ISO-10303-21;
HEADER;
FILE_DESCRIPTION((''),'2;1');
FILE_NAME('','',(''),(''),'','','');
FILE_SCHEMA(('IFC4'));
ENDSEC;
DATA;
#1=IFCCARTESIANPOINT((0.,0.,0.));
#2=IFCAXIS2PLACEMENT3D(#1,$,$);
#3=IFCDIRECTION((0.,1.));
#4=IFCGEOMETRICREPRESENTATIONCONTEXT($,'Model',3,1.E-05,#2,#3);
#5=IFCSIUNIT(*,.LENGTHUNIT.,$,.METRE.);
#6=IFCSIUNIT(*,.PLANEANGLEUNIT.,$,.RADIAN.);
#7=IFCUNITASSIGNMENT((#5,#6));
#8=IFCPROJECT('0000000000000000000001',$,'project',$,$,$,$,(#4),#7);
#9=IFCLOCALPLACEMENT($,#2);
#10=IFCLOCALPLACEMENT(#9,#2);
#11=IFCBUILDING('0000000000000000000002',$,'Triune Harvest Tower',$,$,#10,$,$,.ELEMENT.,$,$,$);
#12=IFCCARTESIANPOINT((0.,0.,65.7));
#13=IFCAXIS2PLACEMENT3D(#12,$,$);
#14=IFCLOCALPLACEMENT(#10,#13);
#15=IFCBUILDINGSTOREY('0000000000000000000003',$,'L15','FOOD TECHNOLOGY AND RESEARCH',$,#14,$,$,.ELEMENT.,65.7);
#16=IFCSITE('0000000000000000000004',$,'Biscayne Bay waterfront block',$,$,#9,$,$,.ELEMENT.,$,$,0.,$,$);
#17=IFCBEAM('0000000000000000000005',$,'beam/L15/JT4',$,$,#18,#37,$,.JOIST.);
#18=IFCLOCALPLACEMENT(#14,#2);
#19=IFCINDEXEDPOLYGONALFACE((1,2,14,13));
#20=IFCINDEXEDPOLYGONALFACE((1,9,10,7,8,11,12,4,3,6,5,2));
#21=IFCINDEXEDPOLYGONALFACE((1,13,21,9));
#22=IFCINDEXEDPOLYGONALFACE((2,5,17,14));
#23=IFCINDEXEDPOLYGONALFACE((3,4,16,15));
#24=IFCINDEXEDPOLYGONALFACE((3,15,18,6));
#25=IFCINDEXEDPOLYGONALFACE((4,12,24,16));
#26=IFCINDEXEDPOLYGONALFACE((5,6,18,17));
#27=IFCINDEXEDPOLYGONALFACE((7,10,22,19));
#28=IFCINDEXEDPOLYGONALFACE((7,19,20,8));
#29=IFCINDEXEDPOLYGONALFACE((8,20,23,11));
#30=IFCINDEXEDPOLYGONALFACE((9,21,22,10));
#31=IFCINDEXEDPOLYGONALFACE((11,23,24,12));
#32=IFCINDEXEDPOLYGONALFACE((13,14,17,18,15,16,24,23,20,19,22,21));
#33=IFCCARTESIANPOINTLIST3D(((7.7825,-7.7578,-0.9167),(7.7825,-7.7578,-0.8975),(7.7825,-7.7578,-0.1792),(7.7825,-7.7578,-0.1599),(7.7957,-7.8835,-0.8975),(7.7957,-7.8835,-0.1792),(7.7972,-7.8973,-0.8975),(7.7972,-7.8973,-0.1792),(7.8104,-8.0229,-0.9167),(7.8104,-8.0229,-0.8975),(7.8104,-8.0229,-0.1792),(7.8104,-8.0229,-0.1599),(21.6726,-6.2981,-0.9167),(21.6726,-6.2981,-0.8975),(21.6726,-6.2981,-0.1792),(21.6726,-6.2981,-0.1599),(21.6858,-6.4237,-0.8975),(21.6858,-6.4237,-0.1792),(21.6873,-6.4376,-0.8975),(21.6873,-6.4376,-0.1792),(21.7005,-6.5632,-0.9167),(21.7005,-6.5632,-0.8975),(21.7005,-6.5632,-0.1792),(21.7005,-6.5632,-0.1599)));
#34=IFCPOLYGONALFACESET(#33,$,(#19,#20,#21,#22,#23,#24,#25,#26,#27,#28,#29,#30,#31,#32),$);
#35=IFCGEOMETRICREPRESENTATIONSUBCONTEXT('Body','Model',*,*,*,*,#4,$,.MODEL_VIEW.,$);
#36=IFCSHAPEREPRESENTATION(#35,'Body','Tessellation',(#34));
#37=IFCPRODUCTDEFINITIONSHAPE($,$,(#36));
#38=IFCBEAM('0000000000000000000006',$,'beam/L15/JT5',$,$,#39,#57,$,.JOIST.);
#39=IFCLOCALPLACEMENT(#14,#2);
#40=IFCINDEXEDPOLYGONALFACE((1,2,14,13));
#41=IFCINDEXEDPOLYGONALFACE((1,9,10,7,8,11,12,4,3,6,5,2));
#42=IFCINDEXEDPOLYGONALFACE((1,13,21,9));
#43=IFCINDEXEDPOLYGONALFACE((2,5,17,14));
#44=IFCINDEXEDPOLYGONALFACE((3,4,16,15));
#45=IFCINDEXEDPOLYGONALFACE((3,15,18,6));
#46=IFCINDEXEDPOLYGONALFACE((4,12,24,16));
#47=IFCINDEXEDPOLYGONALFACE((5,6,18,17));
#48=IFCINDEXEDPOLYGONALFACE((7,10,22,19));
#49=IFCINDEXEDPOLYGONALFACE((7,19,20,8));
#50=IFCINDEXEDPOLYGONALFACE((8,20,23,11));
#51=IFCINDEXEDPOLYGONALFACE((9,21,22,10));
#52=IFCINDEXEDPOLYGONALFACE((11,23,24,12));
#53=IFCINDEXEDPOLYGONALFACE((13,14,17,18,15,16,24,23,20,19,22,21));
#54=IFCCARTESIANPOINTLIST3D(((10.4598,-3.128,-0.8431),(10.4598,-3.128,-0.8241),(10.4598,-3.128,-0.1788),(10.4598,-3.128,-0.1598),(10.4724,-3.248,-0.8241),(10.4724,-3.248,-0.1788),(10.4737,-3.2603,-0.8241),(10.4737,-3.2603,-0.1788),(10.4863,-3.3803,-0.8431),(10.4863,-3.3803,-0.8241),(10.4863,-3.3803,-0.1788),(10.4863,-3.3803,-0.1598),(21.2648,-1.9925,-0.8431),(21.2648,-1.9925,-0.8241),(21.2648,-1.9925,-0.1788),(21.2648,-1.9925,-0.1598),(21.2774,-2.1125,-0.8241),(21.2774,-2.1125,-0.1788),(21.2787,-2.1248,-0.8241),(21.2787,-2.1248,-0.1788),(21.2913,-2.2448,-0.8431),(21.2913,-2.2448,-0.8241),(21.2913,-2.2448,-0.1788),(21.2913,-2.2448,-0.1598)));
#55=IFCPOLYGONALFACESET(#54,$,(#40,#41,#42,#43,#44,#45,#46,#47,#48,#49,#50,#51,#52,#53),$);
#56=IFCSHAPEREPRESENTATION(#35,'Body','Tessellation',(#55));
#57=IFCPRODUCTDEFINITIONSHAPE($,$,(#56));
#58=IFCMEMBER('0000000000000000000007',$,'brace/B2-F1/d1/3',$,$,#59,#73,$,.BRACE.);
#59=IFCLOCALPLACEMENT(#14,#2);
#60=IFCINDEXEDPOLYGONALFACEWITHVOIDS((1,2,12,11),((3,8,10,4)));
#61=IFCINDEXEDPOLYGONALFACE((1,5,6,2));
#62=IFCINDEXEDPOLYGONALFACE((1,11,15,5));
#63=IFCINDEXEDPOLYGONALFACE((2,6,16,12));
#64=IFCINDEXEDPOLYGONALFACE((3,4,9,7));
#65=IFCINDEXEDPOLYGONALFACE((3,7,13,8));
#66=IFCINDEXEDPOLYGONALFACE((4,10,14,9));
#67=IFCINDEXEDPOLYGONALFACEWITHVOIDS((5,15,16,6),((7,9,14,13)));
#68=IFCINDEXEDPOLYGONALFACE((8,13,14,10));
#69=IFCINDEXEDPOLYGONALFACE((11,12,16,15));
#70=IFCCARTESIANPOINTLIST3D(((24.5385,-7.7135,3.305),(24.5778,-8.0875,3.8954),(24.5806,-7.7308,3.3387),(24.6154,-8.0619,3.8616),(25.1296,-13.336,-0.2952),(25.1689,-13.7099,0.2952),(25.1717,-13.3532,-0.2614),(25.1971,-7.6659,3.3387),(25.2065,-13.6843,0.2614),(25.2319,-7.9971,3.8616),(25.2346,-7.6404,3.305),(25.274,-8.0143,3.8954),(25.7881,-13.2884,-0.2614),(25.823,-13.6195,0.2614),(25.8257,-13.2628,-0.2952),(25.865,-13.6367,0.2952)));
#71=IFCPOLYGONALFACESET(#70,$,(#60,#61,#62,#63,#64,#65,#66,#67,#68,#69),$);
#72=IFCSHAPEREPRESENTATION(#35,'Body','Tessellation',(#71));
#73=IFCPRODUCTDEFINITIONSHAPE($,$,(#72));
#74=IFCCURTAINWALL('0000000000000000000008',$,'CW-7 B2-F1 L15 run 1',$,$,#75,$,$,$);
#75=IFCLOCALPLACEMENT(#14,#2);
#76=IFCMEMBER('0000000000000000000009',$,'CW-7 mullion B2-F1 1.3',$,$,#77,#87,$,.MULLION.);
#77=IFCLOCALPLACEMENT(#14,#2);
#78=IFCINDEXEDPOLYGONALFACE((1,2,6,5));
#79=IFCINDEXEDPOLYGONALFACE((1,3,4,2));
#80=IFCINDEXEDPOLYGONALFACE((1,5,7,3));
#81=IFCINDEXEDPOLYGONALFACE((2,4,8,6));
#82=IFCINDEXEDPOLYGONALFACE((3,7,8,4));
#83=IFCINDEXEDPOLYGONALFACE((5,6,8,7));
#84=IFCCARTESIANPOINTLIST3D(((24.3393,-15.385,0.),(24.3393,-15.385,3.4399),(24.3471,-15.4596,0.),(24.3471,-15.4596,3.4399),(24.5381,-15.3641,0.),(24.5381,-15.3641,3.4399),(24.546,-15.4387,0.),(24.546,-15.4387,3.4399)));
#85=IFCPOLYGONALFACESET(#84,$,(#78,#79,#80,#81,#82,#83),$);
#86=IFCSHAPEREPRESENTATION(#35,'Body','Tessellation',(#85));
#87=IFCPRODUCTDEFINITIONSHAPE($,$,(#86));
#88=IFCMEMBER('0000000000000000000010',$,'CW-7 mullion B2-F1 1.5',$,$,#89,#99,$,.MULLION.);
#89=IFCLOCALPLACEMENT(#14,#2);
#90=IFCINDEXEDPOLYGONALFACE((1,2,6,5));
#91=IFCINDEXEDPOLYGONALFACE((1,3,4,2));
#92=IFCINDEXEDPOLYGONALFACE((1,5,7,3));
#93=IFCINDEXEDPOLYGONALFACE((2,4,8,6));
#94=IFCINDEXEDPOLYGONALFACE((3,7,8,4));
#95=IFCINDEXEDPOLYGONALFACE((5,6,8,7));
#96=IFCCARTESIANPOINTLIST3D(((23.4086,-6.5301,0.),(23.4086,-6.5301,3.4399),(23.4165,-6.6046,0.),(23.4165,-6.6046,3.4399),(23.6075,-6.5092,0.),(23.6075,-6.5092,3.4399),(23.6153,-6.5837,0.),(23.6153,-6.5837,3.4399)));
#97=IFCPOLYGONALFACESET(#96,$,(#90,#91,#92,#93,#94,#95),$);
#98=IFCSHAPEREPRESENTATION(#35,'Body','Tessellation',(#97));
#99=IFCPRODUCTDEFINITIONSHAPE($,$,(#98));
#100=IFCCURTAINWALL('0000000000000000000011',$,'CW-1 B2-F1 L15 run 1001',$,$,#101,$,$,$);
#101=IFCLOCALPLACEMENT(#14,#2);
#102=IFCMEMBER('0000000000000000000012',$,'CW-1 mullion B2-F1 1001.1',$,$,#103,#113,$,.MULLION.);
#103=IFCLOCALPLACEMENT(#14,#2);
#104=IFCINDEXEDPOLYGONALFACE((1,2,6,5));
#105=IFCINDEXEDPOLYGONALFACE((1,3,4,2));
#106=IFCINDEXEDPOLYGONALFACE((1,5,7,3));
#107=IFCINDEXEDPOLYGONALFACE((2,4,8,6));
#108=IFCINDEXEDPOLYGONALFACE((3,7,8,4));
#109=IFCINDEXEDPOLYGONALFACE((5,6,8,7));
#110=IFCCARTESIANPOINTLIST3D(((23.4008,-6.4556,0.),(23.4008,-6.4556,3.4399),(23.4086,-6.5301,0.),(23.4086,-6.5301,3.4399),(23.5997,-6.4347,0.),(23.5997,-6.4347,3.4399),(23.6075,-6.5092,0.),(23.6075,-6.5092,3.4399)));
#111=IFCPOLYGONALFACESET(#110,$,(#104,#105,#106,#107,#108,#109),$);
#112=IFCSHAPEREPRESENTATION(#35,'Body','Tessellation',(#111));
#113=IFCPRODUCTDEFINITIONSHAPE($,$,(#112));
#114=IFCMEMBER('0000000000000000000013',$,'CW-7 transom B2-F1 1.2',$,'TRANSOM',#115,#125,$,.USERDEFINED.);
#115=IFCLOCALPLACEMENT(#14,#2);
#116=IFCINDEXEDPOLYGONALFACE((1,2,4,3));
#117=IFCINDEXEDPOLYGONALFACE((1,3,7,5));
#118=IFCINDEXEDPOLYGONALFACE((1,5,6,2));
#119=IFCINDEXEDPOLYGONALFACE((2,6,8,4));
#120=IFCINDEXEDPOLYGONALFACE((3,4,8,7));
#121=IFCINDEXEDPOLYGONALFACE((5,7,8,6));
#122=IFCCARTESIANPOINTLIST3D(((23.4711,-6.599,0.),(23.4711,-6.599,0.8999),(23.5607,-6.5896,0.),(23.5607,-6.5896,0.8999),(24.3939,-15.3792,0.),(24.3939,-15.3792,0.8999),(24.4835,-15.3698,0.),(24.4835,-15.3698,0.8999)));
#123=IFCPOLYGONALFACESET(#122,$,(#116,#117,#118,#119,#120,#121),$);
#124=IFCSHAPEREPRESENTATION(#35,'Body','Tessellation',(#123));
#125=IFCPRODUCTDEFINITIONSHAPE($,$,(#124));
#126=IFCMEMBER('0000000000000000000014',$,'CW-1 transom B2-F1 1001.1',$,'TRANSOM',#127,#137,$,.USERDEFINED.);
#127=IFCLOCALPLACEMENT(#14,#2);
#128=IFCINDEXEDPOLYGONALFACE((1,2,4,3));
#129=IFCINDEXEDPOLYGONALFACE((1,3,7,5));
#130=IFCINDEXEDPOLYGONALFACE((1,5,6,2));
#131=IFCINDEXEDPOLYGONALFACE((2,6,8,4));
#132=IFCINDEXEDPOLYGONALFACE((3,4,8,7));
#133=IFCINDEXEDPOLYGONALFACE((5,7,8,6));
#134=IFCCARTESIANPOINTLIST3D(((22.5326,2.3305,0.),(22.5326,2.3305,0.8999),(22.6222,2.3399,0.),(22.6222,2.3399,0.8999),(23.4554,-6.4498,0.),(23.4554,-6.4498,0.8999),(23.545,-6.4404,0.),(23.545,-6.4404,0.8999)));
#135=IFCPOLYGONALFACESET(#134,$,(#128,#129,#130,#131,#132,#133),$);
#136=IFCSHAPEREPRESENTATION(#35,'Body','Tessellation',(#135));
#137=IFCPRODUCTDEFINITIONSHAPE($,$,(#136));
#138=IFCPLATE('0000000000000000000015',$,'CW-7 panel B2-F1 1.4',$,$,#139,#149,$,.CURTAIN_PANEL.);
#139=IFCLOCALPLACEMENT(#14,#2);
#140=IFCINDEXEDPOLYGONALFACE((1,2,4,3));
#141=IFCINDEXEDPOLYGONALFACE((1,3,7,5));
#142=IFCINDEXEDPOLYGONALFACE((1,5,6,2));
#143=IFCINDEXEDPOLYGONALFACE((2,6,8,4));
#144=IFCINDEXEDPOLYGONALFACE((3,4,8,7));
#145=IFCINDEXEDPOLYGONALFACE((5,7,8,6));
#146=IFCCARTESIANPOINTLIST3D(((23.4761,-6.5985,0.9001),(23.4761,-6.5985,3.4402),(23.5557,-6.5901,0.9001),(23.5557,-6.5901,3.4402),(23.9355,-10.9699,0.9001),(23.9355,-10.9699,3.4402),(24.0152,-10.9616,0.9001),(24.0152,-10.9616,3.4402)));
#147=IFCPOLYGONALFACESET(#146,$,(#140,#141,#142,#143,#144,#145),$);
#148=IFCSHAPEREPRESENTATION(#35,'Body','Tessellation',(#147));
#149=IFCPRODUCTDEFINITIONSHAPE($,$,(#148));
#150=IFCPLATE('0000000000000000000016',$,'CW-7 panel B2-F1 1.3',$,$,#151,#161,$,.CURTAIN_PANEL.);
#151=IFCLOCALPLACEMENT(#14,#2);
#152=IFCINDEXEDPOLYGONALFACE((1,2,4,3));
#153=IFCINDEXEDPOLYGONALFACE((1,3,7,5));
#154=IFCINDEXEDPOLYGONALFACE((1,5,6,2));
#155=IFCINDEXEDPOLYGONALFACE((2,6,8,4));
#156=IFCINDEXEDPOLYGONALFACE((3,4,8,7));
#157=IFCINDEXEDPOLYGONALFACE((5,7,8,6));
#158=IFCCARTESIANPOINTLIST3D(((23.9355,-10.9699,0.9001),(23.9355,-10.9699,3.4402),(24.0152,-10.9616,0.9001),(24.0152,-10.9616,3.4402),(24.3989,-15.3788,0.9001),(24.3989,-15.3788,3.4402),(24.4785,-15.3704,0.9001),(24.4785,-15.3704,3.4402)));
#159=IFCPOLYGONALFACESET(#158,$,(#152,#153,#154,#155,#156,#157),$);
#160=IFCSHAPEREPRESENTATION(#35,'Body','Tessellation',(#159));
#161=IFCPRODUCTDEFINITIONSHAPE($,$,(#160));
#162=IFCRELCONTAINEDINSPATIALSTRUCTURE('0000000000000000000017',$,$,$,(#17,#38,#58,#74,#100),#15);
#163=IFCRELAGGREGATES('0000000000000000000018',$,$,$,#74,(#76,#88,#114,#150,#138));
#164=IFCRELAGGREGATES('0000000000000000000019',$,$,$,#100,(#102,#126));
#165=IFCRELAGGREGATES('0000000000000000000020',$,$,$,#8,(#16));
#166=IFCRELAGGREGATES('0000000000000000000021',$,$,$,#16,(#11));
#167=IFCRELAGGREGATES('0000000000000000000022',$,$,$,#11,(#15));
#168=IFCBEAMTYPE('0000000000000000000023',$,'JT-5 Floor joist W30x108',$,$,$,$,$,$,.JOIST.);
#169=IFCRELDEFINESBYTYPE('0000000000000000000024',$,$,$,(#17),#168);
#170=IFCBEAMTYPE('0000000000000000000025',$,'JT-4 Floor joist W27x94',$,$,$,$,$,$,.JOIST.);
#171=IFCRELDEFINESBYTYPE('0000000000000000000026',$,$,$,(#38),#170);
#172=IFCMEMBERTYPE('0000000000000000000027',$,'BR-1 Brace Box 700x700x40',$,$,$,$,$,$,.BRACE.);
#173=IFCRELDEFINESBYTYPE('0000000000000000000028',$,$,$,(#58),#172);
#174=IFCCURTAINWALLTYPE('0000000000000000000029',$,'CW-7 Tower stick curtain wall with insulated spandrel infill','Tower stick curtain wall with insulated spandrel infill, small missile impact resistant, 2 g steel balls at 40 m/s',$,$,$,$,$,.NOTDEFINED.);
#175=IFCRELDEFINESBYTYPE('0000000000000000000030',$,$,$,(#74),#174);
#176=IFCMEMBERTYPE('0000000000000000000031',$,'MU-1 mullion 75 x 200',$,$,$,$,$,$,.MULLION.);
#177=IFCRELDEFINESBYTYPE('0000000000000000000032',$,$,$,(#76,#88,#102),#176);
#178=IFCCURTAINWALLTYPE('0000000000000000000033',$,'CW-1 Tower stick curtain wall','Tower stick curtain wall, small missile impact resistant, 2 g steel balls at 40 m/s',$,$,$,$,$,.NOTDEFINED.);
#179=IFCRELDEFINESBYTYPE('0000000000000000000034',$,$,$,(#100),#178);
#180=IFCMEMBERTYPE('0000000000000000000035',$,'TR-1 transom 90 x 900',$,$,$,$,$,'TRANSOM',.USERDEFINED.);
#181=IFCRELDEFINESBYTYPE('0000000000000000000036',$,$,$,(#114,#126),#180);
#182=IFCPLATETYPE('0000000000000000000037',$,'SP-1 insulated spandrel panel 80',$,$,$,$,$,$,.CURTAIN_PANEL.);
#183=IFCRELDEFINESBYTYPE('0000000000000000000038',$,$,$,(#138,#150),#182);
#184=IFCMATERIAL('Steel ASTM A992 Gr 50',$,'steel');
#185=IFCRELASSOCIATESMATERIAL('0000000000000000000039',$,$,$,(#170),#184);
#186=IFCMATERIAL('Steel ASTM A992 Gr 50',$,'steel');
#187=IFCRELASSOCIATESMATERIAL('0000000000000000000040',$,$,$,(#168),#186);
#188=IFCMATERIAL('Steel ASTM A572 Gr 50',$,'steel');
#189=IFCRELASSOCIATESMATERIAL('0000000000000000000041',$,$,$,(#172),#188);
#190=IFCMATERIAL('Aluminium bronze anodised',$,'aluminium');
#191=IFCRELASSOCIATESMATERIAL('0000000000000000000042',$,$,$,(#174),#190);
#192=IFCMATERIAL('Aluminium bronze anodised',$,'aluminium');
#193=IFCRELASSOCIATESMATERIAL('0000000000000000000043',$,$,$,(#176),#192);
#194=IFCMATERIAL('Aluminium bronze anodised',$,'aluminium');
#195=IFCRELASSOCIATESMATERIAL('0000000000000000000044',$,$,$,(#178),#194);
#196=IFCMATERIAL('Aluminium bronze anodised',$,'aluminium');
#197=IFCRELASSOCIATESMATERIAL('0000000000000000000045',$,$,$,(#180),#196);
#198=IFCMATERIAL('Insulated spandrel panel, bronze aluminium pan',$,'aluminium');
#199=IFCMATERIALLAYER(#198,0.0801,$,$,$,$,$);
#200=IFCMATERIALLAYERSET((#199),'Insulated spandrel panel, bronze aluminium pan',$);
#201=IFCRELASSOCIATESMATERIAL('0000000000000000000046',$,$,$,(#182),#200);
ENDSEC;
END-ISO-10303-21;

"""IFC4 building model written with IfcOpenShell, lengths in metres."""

from ifc_helpers import new_model, si_unit, direction, frame, origin, origin_2d, place, context, subcontext, project, spatial, rectangle, hollow_rectangle, i_section, extrude, source, transform, mapped, material, layer, layer_set, material_profile, profile_set, type_object, element, aggregate, save


model = new_model("IFC4")

# Units and contexts
model_context = context("Model", 3, precision=1e-05, world=origin(), true_north=direction((0.0, 1.0)))
body_context = subcontext(model_context, "Body", "Model", "MODEL_VIEW")
ifc_project = project(units=[si_unit("LENGTHUNIT", "METRE"), si_unit("PLANEANGLEUNIT", "RADIAN")], contexts=[model_context])

# Site, building, storey
site_placement = place(None, origin())
site = spatial("IfcSite", under=ifc_project, at=site_placement, Name="Biscayne Bay waterfront block", CompositionType="ELEMENT", RefElevation=0.0)
building_placement = place(site_placement, origin())
building = spatial("IfcBuilding", under=site, at=building_placement, Name="Triune Harvest Tower", CompositionType="ELEMENT")
storey_placement = place(building_placement, frame((0.0, 0.0, 65.7)))
storey = spatial("IfcBuildingStorey", under=building, at=storey_placement, Name="L15", Description="FOOD TECHNOLOGY AND RESEARCH", CompositionType="ELEMENT", Elevation=65.7)

# Beams
ifc_material_1 = material(Name="Steel ASTM A992 Gr 50", Category="steel")
ifc_material_profile_1 = material_profile(ifc_material_1, i_section(OverallWidth=0.2537, OverallDepth=0.6833, WebThickness=0.0125, FlangeThickness=0.019, at=origin_2d()), Name="W27x94")
ifc_profile_set_1 = profile_set([ifc_material_profile_1], Name="Steel ASTM A992 Gr 50")
beam_type_1 = type_object("IfcBeamType", Name="JT-4 Floor joist W27x94", PredefinedType="JOIST", material=ifc_profile_set_1)
ifc_material_2 = material(Name="Steel ASTM A992 Gr 50", Category="steel")
ifc_material_profile_2 = material_profile(ifc_material_2, i_section(OverallWidth=0.2666, OverallDepth=0.7568, WebThickness=0.0139, FlangeThickness=0.0193, at=origin_2d()), Name="W30x108")
ifc_profile_set_2 = profile_set([ifc_material_profile_2], Name="Steel ASTM A992 Gr 50")
beam_type_2 = type_object("IfcBeamType", Name="JT-5 Floor joist W30x108", PredefinedType="JOIST", material=ifc_profile_set_2)
shared_shape_1 = source(origin(), body_context, "Body", "SweptSolid", [
    extrude(i_section(OverallWidth=0.2666, OverallDepth=0.7568, WebThickness=0.0139, FlangeThickness=0.0193, at=origin_2d()), origin(), (0.0, 0.0, 1.0), 13.9666),
])
beam_1_placement = place(storey_placement, frame((21.6865, -6.4307, -0.5383), z_axis=(-0.994523, -0.104515, 0.0), x_axis=(0.104515, -0.994523, 0.0)))
element("IfcBeam", 1, at=beam_1_placement, inside=storey, type_object=beam_type_2, Name="beam/L15/JT4", PredefinedType="JOIST", context=body_context, shape_type="MappedRepresentation", body=[
    mapped(shared_shape_1, transform((0.0, 0.0, 0.0), scale=1.0)),
])
shared_shape_2 = source(origin(), body_context, "Body", "SweptSolid", [
    extrude(i_section(OverallWidth=0.2537, OverallDepth=0.6833, WebThickness=0.0125, FlangeThickness=0.019, at=origin_2d()), origin(), (0.0, 0.0, 1.0), 10.8645),
])
beam_2_placement = place(storey_placement, frame((21.2781, -2.1187, -0.5015), z_axis=(-0.994523, -0.104515, 0.0), x_axis=(0.104515, -0.994523, 0.0)))
element("IfcBeam", 2, at=beam_2_placement, inside=storey, type_object=beam_type_1, Name="beam/L15/JT5", PredefinedType="JOIST", context=body_context, shape_type="MappedRepresentation", body=[
    mapped(shared_shape_2, transform((0.0, 0.0, 0.0), scale=1.0)),
])

# Member
ifc_material_3 = material(Name="Steel ASTM A572 Gr 50", Category="steel")
ifc_material_profile_3 = material_profile(ifc_material_3, hollow_rectangle(XDim=0.7, YDim=0.7, WallThickness=0.04, at=origin_2d()), Name="Box 700x700x40")
ifc_profile_set_3 = profile_set([ifc_material_profile_3], Name="Steel ASTM A572 Gr 50")
member_type_1 = type_object("IfcMemberType", Name="BR-1 Brace Box 700x700x40", PredefinedType="BRACE", material=ifc_profile_set_3)
shared_shape_3 = source(origin(), body_context, "Body", "SweptSolid", [
    extrude(hollow_rectangle(XDim=0.7, YDim=0.7, WallThickness=0.04, at=origin_2d()), origin(), (0.0, 0.0, 1.0), 6.7024),
])
member_1_placement = place(storey_placement, frame((25.4973, -13.4863, 0.0), z_axis=(-0.088189, 0.838867, 0.537146), x_axis=(-0.994519, -0.104552, 0.0)))
element("IfcMember", 3, at=member_1_placement, inside=storey, type_object=member_type_1, Name="brace/B2-F1/d1/3", PredefinedType="BRACE", context=body_context, shape_type="MappedRepresentation", body=[
    mapped(shared_shape_3, transform((0.0, 0.0, 0.0), scale=1.0)),
])

# Curtain wall, members
ifc_material_4 = material(Name="Aluminium bronze anodised", Category="aluminium")
curtain_wall_type_1 = type_object("IfcCurtainWallType", Name="CW-7 Tower stick curtain wall with insulated spandrel infill", Description="Tower stick curtain wall with insulated spandrel infill, small missile impact resistant, 2 g steel balls at 40 m/s", PredefinedType="NOTDEFINED", material=ifc_material_4)
curtain_wall_1_placement = place(storey_placement, origin())
curtain_wall_1 = element("IfcCurtainWall", 4, at=curtain_wall_1_placement, inside=storey, type_object=curtain_wall_type_1, Name="CW-7 B2-F1 L15 run 1")
ifc_material_5 = material(Name="Aluminium bronze anodised", Category="aluminium")
ifc_material_profile_4 = material_profile(ifc_material_5, rectangle(XDim=0.2, YDim=0.075, at=origin_2d()), Name="MU-1 mullion 75 x 200")
ifc_profile_set_4 = profile_set([ifc_material_profile_4], Name="Aluminium bronze anodised")
member_type_2 = type_object("IfcMemberType", Name="MU-1 mullion 75 x 200", PredefinedType="MULLION", material=ifc_profile_set_4)
shared_shape_4 = source(origin(), body_context, "Body", "SweptSolid", [
    extrude(rectangle(XDim=0.2, YDim=0.075, at=origin_2d()), origin(), (0.0, 0.0, 1.0), 3.4399),
])
member_2_placement = place(storey_placement, frame((24.4426, -15.4119, 0.0), z_axis=(0.0, 0.0, 1.0), x_axis=(-0.994522, -0.104527, 0.0)))
member_2 = element("IfcMember", 5, at=member_2_placement, type_object=member_type_2, Name="CW-7 mullion B2-F1 1.3", PredefinedType="MULLION", context=body_context, shape_type="MappedRepresentation", body=[
    mapped(shared_shape_4, transform((0.0, 0.0, 0.0), scale=1.0)),
])
member_3_placement = place(storey_placement, frame((23.512, -6.5569, 0.0), z_axis=(0.0, 0.0, 1.0), x_axis=(-0.994522, -0.104527, 0.0)))
member_3 = element("IfcMember", 6, at=member_3_placement, type_object=member_type_2, Name="CW-7 mullion B2-F1 1.5", PredefinedType="MULLION", context=body_context, shape_type="MappedRepresentation", body=[
    mapped(shared_shape_4, transform((0.0, 0.0, 0.0), scale=1.0)),
])

# Curtain wall, member
ifc_material_6 = material(Name="Aluminium bronze anodised", Category="aluminium")
curtain_wall_type_2 = type_object("IfcCurtainWallType", Name="CW-1 Tower stick curtain wall", Description="Tower stick curtain wall, small missile impact resistant, 2 g steel balls at 40 m/s", PredefinedType="NOTDEFINED", material=ifc_material_6)
curtain_wall_2_placement = place(storey_placement, origin())
curtain_wall_2 = element("IfcCurtainWall", 7, at=curtain_wall_2_placement, inside=storey, type_object=curtain_wall_type_2, Name="CW-1 B2-F1 L15 run 1001")
member_4_placement = place(storey_placement, frame((23.5042, -6.4824, 0.0), z_axis=(0.0, 0.0, 1.0), x_axis=(-0.994522, -0.104528, 0.0)))
member_4 = element("IfcMember", 8, at=member_4_placement, type_object=member_type_2, Name="CW-1 mullion B2-F1 1001.1", PredefinedType="MULLION", context=body_context, shape_type="MappedRepresentation", body=[
    mapped(shared_shape_4, transform((0.0, 0.0, 0.0), scale=1.0)),
])

# Members
ifc_material_7 = material(Name="Aluminium bronze anodised", Category="aluminium")
ifc_material_profile_5 = material_profile(ifc_material_7, rectangle(XDim=0.0901, YDim=0.8999, at=origin_2d()), Name="TR-1 transom 90 x 900")
ifc_profile_set_5 = profile_set([ifc_material_profile_5], Name="Aluminium bronze anodised")
member_type_3 = type_object("IfcMemberType", Name="TR-1 transom 90 x 900", ElementType="TRANSOM", PredefinedType="USERDEFINED", material=ifc_profile_set_5)
shared_shape_5 = source(origin(), body_context, "Body", "SweptSolid", [
    extrude(rectangle(XDim=0.0901, YDim=0.8999, at=origin_2d()), origin(), (0.0, 0.0, 1.0), 8.8286),
])
member_5_placement = place(storey_placement, frame((24.4387, -15.3745, 0.45), z_axis=(-0.104529, 0.994522, 0.0), x_axis=(-0.994522, -0.104529, 0.0)))
member_5 = element("IfcMember", 9, at=member_5_placement, type_object=member_type_3, Name="CW-7 transom B2-F1 1.2", ObjectType="TRANSOM", PredefinedType="USERDEFINED", context=body_context, shape_type="MappedRepresentation", body=[
    mapped(shared_shape_5, transform((0.0, 0.0, 0.0), scale=1.0)),
])
member_6_placement = place(storey_placement, frame((23.5002, -6.4451, 0.45), z_axis=(-0.104529, 0.994522, 0.0), x_axis=(-0.994522, -0.104529, 0.0)))
member_6 = element("IfcMember", 10, at=member_6_placement, type_object=member_type_3, Name="CW-1 transom B2-F1 1001.1", ObjectType="TRANSOM", PredefinedType="USERDEFINED", context=body_context, shape_type="MappedRepresentation", body=[
    mapped(shared_shape_5, transform((0.0, 0.0, 0.0), scale=1.0)),
])

# Plates
ifc_material_8 = material(Name="Insulated spandrel panel, bronze aluminium pan", Category="aluminium")
ifc_layer_1 = layer(ifc_material_8, 0.0801)
ifc_layer_set_1 = layer_set([ifc_layer_1], Name="Insulated spandrel panel, bronze aluminium pan")
plate_type_1 = type_object("IfcPlateType", Name="SP-1 insulated spandrel panel 80", PredefinedType="CURTAIN_PANEL", material=ifc_layer_set_1)
shared_shape_6 = source(origin(), body_context, "Body", "SweptSolid", [
    extrude(rectangle(XDim=4.3955, YDim=0.0801, at=origin_2d()), origin(), (0.0, 0.0, 1.0), 2.54),
])
plate_1_placement = place(storey_placement, frame((23.7456, -8.78, 0.9001), z_axis=(0.0, 0.0, 1.0), x_axis=(-0.104527, 0.994522, 0.0)))
plate_1 = element("IfcPlate", 11, at=plate_1_placement, type_object=plate_type_1, Name="CW-7 panel B2-F1 1.4", PredefinedType="CURTAIN_PANEL", context=body_context, shape_type="MappedRepresentation", body=[
    mapped(shared_shape_6, transform((0.0, 0.0, 0.0), scale=1.0)),
])
shared_shape_7 = source(origin(), body_context, "Body", "SweptSolid", [
    extrude(rectangle(XDim=4.4331, YDim=0.0801, at=origin_2d()), origin(), (0.0, 0.0, 1.0), 2.54),
])
plate_2_placement = place(storey_placement, frame((24.207, -13.1702, 0.9001), z_axis=(0.0, 0.0, 1.0), x_axis=(-0.104527, 0.994522, 0.0)))
plate_2 = element("IfcPlate", 12, at=plate_2_placement, type_object=plate_type_1, Name="CW-7 panel B2-F1 1.3", PredefinedType="CURTAIN_PANEL", context=body_context, shape_type="MappedRepresentation", body=[
    mapped(shared_shape_7, transform((0.0, 0.0, 0.0), scale=1.0)),
])
aggregate(curtain_wall_1, [member_2, member_3, member_5, plate_2, plate_1])
aggregate(curtain_wall_2, [member_4, member_6])

save(model, "model.ifc")
